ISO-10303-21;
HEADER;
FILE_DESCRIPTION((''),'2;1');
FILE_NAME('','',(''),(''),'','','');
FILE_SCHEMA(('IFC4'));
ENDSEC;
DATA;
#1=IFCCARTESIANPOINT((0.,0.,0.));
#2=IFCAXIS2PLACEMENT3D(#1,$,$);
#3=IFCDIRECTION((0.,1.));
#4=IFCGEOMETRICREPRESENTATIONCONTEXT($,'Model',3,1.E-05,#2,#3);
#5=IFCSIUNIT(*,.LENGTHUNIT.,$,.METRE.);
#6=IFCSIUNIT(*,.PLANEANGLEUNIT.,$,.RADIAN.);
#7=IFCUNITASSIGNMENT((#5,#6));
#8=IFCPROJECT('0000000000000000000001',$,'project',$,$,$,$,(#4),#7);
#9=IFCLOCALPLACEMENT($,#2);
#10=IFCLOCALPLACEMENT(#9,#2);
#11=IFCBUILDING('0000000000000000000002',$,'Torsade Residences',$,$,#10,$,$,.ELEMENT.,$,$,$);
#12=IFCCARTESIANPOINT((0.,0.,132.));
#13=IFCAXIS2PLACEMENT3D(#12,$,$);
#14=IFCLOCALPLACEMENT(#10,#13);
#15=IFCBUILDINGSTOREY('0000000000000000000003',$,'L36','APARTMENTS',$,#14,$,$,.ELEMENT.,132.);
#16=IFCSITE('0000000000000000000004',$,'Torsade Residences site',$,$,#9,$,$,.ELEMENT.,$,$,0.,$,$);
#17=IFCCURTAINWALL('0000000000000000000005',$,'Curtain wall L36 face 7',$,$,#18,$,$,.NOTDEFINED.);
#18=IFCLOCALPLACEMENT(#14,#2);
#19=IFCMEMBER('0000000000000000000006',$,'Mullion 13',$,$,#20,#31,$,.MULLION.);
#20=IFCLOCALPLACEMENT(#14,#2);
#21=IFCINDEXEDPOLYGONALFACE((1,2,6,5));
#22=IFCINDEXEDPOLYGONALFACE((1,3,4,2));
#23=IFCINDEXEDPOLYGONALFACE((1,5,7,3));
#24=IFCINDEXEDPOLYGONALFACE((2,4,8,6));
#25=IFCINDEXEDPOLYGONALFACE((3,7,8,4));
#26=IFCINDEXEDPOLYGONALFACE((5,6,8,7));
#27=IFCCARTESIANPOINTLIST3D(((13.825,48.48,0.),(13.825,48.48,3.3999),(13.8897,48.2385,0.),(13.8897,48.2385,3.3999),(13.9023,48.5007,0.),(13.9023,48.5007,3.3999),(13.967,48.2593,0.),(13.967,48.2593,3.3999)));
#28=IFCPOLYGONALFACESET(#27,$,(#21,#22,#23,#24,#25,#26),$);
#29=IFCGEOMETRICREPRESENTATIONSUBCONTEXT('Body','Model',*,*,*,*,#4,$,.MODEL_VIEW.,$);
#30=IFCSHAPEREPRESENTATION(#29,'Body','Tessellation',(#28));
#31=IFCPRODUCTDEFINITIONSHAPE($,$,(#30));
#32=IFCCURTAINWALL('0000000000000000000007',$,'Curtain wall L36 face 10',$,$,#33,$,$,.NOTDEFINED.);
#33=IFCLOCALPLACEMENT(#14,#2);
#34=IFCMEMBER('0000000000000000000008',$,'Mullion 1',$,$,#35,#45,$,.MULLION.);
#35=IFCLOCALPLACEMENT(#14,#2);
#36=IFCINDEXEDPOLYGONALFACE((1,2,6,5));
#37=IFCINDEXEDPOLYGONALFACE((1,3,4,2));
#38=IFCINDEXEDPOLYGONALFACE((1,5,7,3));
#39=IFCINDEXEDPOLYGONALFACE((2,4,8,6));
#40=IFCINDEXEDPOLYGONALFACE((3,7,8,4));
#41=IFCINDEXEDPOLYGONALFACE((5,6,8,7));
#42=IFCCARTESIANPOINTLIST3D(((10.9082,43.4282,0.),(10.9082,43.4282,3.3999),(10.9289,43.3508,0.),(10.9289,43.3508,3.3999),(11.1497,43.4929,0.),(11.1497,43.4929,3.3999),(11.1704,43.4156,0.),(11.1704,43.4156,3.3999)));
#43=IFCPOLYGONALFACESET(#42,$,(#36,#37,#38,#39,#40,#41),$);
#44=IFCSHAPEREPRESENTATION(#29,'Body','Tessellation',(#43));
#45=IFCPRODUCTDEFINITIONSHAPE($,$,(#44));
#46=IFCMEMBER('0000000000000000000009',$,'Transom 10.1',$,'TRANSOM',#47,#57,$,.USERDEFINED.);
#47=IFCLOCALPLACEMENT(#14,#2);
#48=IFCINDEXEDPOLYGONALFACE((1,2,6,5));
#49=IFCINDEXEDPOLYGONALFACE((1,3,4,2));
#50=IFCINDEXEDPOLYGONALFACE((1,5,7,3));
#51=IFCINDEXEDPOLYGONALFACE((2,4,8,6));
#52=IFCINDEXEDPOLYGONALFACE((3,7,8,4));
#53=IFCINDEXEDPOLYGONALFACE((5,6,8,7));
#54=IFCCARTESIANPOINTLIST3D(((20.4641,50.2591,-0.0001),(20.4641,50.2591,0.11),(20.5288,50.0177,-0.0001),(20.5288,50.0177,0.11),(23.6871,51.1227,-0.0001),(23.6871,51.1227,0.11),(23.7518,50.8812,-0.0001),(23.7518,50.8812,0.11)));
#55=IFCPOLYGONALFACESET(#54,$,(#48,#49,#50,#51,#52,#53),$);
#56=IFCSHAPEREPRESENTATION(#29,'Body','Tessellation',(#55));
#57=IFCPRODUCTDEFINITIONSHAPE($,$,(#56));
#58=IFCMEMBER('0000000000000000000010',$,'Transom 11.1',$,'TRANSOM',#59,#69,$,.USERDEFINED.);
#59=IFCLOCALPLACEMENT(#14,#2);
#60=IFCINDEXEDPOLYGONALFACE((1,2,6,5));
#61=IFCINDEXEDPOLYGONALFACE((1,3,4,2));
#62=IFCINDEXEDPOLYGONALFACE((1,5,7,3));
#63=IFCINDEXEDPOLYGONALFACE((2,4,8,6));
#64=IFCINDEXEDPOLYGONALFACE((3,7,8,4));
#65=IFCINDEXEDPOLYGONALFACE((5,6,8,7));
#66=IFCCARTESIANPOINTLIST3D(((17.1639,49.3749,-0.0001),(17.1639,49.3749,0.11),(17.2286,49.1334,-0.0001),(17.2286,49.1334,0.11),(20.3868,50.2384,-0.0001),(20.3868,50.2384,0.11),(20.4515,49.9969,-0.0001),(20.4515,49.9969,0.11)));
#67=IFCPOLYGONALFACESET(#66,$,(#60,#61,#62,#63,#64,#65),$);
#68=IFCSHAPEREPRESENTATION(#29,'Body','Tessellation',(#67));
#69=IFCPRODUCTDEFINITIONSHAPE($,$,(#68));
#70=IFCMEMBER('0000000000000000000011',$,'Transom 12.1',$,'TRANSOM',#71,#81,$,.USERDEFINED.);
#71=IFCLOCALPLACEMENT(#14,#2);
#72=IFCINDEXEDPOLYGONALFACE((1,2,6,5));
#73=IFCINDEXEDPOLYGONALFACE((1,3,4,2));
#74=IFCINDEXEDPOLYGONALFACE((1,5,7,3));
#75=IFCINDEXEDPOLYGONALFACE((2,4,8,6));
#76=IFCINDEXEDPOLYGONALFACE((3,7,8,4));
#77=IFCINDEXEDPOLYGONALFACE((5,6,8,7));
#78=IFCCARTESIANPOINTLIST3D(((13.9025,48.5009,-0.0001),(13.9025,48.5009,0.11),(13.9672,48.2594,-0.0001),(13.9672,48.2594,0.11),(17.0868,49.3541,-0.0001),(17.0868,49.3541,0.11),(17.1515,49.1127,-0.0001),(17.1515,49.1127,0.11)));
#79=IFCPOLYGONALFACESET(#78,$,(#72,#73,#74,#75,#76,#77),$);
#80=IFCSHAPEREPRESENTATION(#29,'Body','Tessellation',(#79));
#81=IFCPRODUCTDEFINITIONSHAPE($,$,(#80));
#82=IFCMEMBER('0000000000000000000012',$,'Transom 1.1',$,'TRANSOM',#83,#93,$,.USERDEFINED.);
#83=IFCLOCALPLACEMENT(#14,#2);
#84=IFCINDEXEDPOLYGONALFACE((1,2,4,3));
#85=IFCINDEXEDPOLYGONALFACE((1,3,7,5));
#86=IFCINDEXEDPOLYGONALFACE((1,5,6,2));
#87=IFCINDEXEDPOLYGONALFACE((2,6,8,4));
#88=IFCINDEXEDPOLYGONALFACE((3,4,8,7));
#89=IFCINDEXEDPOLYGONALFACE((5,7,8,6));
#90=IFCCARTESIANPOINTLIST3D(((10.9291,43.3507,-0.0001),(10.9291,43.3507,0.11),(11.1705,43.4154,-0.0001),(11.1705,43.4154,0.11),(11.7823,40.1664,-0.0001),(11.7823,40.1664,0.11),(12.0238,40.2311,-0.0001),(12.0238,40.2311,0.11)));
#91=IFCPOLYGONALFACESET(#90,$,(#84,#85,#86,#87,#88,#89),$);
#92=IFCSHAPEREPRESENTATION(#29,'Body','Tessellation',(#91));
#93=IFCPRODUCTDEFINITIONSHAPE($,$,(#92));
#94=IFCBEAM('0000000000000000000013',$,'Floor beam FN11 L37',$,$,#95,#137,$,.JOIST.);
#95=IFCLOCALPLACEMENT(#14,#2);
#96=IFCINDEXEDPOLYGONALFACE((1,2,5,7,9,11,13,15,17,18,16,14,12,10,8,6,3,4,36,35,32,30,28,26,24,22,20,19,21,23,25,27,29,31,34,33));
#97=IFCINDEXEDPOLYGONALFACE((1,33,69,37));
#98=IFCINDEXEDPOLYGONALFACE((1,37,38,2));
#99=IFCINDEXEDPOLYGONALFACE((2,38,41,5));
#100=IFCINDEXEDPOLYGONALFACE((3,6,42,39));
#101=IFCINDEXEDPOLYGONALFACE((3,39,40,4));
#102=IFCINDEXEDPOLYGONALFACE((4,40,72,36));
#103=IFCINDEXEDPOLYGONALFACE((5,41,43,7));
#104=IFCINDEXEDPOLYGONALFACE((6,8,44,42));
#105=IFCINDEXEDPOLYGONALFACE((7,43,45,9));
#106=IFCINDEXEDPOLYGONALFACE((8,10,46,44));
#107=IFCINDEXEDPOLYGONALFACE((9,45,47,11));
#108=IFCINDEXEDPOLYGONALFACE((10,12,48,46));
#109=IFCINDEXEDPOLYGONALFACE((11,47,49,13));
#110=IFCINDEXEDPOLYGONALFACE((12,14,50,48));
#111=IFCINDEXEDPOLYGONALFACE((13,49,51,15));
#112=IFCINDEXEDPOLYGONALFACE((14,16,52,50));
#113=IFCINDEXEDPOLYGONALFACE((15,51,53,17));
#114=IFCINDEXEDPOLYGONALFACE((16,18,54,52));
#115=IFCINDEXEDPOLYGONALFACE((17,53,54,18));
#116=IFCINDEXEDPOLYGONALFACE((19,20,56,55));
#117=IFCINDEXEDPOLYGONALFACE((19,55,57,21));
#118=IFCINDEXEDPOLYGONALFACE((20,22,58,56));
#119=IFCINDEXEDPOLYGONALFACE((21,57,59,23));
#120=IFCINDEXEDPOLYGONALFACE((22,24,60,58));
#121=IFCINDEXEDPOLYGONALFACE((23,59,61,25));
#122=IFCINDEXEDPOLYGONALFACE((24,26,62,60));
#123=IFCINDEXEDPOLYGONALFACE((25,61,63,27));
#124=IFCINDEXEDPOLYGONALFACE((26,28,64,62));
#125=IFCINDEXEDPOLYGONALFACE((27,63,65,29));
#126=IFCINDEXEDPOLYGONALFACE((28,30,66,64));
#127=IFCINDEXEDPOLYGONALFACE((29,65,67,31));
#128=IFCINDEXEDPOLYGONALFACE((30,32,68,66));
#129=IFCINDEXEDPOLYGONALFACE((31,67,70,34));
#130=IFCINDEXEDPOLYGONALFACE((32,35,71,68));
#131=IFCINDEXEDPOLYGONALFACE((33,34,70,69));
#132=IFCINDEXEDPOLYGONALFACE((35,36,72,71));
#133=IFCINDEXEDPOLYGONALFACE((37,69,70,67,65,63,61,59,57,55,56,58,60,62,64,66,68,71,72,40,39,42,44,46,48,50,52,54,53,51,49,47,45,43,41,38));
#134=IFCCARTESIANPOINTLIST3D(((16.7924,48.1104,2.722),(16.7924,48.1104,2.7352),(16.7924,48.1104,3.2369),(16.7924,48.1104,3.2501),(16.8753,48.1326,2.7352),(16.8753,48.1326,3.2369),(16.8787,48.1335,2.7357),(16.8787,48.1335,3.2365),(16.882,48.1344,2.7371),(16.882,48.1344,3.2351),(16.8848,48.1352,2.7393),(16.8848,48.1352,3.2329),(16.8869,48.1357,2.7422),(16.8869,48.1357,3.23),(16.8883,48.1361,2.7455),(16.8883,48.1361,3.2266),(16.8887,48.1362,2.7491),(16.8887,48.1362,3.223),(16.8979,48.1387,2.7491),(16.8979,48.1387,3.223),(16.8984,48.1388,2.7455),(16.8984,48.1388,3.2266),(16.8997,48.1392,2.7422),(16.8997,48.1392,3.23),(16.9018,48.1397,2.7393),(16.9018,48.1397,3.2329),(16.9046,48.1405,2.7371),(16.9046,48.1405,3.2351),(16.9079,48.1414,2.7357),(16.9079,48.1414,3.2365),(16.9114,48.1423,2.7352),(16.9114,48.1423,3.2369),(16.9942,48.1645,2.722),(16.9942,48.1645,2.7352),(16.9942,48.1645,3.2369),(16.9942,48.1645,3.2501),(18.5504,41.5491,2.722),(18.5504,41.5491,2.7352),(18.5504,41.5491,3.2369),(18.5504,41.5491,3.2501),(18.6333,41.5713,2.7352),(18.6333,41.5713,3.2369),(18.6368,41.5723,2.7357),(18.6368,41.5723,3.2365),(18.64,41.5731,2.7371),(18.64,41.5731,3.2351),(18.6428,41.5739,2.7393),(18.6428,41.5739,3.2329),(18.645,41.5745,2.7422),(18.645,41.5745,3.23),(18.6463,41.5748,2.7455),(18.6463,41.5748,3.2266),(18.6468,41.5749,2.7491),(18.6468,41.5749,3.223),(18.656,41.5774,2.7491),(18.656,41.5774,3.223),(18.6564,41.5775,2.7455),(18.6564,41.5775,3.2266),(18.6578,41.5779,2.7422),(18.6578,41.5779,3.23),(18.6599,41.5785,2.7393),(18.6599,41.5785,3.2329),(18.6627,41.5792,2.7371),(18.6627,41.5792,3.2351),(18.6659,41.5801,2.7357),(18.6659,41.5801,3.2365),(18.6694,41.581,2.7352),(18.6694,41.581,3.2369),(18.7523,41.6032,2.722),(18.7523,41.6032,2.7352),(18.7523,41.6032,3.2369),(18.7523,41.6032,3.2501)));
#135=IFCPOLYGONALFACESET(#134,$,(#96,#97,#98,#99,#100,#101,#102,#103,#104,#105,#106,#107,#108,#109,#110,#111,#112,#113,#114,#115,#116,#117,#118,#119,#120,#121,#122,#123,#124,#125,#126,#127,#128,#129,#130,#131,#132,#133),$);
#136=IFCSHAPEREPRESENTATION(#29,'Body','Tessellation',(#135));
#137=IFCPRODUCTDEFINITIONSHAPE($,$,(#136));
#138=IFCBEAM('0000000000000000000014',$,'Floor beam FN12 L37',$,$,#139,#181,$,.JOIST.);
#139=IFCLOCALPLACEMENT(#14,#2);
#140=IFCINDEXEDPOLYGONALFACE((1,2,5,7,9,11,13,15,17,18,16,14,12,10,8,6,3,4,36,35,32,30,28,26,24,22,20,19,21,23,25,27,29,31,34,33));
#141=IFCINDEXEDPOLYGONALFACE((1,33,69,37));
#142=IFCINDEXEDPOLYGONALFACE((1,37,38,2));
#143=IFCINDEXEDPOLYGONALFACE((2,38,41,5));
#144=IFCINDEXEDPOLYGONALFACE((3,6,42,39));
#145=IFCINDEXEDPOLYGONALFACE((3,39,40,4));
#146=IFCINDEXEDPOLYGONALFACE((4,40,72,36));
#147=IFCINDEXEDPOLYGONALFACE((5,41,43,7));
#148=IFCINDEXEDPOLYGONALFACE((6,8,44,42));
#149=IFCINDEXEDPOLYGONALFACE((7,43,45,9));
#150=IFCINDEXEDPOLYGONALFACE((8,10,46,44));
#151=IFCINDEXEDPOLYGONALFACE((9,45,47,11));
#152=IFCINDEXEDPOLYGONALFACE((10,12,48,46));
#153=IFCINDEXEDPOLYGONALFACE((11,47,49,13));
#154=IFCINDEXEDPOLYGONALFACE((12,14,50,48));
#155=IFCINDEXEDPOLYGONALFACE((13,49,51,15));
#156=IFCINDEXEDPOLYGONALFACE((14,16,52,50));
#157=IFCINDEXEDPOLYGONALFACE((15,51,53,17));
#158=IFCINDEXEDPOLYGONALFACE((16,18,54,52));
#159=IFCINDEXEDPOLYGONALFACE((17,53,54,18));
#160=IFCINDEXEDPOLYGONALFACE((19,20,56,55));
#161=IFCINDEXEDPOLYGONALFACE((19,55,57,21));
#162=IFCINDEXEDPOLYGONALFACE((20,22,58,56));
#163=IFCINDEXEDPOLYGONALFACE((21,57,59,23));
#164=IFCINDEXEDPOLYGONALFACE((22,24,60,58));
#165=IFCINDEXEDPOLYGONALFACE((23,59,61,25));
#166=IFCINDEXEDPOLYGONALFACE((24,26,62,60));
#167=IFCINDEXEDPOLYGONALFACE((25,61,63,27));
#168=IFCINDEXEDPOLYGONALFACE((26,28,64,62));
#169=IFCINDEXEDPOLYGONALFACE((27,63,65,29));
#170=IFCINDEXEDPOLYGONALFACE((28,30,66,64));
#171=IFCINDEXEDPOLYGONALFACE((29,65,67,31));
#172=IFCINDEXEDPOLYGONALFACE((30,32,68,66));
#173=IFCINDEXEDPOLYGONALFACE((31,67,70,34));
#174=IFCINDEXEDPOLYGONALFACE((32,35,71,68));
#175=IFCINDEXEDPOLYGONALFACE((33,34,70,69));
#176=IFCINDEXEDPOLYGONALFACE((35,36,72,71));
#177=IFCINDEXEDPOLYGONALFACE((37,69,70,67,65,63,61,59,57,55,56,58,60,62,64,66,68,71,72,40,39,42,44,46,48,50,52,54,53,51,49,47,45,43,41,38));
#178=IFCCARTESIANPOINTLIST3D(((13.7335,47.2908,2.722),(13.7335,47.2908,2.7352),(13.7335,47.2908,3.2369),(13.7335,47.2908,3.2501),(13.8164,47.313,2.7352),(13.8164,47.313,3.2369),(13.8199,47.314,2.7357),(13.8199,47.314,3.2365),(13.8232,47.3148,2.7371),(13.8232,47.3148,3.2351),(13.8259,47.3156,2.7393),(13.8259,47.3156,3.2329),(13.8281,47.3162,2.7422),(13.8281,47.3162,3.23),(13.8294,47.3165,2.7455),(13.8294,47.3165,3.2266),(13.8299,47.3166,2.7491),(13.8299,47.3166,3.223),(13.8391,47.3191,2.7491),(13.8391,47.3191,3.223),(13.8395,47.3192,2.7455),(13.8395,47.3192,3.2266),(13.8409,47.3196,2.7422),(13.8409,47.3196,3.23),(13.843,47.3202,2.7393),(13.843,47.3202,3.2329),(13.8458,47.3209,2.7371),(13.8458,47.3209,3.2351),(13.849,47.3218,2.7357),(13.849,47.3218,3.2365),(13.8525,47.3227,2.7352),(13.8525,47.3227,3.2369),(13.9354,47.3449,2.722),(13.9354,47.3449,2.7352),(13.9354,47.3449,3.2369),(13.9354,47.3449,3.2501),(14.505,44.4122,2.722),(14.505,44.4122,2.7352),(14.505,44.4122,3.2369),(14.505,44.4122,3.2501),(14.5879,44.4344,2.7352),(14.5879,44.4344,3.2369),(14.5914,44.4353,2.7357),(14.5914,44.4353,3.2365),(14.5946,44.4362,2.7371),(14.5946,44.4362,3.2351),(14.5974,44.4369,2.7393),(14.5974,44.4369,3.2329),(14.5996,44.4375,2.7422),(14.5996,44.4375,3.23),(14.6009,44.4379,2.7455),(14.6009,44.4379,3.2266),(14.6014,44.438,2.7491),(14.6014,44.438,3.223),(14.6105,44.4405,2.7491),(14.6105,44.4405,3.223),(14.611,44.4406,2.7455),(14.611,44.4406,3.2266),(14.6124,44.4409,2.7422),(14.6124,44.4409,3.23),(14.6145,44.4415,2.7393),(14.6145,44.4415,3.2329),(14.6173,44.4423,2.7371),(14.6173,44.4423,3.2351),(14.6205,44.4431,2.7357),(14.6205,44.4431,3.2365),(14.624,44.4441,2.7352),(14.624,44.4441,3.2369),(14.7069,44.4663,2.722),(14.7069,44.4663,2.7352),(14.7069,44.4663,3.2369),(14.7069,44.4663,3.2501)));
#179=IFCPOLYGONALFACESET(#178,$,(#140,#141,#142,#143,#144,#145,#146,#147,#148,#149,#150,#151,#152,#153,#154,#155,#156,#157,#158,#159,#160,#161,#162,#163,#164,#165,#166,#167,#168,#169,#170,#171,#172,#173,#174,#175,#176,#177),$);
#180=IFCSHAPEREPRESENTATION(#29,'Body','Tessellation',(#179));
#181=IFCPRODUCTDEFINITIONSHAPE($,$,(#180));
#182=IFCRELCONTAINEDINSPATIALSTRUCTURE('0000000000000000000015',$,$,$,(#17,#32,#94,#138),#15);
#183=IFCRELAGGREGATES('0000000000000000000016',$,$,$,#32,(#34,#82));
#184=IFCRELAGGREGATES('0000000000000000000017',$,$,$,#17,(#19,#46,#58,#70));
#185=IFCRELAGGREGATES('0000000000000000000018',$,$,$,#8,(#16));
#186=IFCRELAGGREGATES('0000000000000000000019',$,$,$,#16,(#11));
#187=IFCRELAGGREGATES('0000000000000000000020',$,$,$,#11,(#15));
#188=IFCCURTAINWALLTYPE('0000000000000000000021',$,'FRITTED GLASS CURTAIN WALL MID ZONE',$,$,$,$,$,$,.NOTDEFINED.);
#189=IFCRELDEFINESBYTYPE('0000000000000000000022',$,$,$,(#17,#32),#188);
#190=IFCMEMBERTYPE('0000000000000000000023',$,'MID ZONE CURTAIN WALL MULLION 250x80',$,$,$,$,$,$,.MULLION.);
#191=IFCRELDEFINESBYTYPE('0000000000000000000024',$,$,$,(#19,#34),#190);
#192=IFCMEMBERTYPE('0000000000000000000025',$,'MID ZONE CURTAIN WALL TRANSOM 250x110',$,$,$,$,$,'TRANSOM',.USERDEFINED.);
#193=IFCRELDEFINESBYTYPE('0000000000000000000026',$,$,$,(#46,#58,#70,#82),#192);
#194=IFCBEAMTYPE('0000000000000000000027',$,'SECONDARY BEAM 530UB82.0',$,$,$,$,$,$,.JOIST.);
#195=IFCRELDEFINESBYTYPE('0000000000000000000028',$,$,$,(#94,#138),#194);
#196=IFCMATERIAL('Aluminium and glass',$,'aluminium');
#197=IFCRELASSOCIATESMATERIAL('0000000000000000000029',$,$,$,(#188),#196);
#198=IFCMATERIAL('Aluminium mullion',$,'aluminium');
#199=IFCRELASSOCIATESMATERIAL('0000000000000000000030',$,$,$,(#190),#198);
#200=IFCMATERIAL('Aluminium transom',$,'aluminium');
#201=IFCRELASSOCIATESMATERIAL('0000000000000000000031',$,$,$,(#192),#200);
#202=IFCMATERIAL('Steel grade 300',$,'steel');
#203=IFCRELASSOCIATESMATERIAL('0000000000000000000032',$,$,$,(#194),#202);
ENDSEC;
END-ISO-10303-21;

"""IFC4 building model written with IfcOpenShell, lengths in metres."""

from ifc_helpers import new_model, si_unit, direction, frame, origin, origin_2d, place, context, subcontext, project, spatial, rectangle, i_section, extrude, material, material_profile, profile_set, type_object, element, aggregate, save


model = new_model("IFC4")

# Units and contexts
model_context = context("Model", 3, precision=1e-05, world=origin(), true_north=direction((0.0, 1.0)))
body_context = subcontext(model_context, "Body", "Model", "MODEL_VIEW")
ifc_project = project(units=[si_unit("LENGTHUNIT", "METRE"), si_unit("PLANEANGLEUNIT", "RADIAN")], contexts=[model_context])

# Site, building, storey
site_placement = place(None, origin())
site = spatial("IfcSite", under=ifc_project, at=site_placement, Name="Torsade Residences site", CompositionType="ELEMENT", RefElevation=0.0)
building_placement = place(site_placement, origin())
building = spatial("IfcBuilding", under=site, at=building_placement, Name="Torsade Residences", CompositionType="ELEMENT")
storey_placement = place(building_placement, frame((0.0, 0.0, 132.0)))
storey = spatial("IfcBuildingStorey", under=building, at=storey_placement, Name="L36", Description="APARTMENTS", CompositionType="ELEMENT", Elevation=132.0)

# Curtain wall, member
ifc_material_1 = material(Name="Aluminium and glass", Category="aluminium")
curtain_wall_type = type_object("IfcCurtainWallType", Name="FRITTED GLASS CURTAIN WALL MID ZONE", PredefinedType="NOTDEFINED", material=ifc_material_1)
curtain_wall_1_placement = place(storey_placement, origin())
curtain_wall_1 = element("IfcCurtainWall", 1, at=curtain_wall_1_placement, inside=storey, type_object=curtain_wall_type, Name="Curtain wall L36 face 7", PredefinedType="NOTDEFINED")
ifc_material_2 = material(Name="Aluminium mullion", Category="aluminium")
ifc_material_profile_1 = material_profile(ifc_material_2, rectangle(XDim=0.25, YDim=0.0801, at=origin_2d()), Name="MID ZONE CURTAIN WALL MULLION 250x80")
ifc_profile_set_1 = profile_set([ifc_material_profile_1], Name="Aluminium mullion")
member_type_1 = type_object("IfcMemberType", Name="MID ZONE CURTAIN WALL MULLION 250x80", PredefinedType="MULLION", material=ifc_profile_set_1)
member_1_placement = place(storey_placement, frame((13.896, 48.3696, 0.0), z_axis=(0.0, 0.0, 1.0), x_axis=(0.258819, -0.965926, 0.0)))
member_1 = element("IfcMember", 2, at=member_1_placement, type_object=member_type_1, Name="Mullion 13", PredefinedType="MULLION", context=body_context, shape_type="SweptSolid", body=[
    extrude(rectangle(XDim=0.25, YDim=0.0801, at=origin_2d()), origin(), (0.0, 0.0, 1.0), 3.3999),
])

# Curtain wall, member
curtain_wall_2_placement = place(storey_placement, origin())
curtain_wall_2 = element("IfcCurtainWall", 3, at=curtain_wall_2_placement, inside=storey, type_object=curtain_wall_type, Name="Curtain wall L36 face 10", PredefinedType="NOTDEFINED")
member_2_placement = place(storey_placement, frame((11.0393, 43.4219, 0.0), z_axis=(0.0, 0.0, 1.0), x_axis=(0.965926, 0.258819, 0.0)))
member_2 = element("IfcMember", 4, at=member_2_placement, type_object=member_type_1, Name="Mullion 1", PredefinedType="MULLION", context=body_context, shape_type="SweptSolid", body=[
    extrude(rectangle(XDim=0.25, YDim=0.0801, at=origin_2d()), origin(), (0.0, 0.0, 1.0), 3.3999),
])

# Members
ifc_material_3 = material(Name="Aluminium transom", Category="aluminium")
ifc_material_profile_2 = material_profile(ifc_material_3, rectangle(XDim=0.25, YDim=0.1101, at=origin_2d()), Name="MID ZONE CURTAIN WALL TRANSOM 250x110")
ifc_profile_set_2 = profile_set([ifc_material_profile_2], Name="Aluminium transom")
member_type_2 = type_object("IfcMemberType", Name="MID ZONE CURTAIN WALL TRANSOM 250x110", ElementType="TRANSOM", PredefinedType="USERDEFINED", material=ifc_profile_set_2)
member_3_placement = place(storey_placement, frame((23.7195, 51.002, 0.0549), z_axis=(-0.965929, -0.258806, 0.0), x_axis=(0.258806, -0.965929, 0.0)))
member_3 = element("IfcMember", 5, at=member_3_placement, type_object=member_type_2, Name="Transom 10.1", ObjectType="TRANSOM", PredefinedType="USERDEFINED", context=body_context, shape_type="SweptSolid", body=[
    extrude(rectangle(XDim=0.25, YDim=0.1101, at=origin_2d()), origin(), (0.0, 0.0, 1.0), 3.3367),
])
member_4_placement = place(storey_placement, frame((20.4192, 50.1177, 0.0549), z_axis=(-0.965929, -0.258806, 0.0), x_axis=(0.258806, -0.965929, 0.0)))
member_4 = element("IfcMember", 6, at=member_4_placement, type_object=member_type_2, Name="Transom 11.1", ObjectType="TRANSOM", PredefinedType="USERDEFINED", context=body_context, shape_type="SweptSolid", body=[
    extrude(rectangle(XDim=0.25, YDim=0.1101, at=origin_2d()), origin(), (0.0, 0.0, 1.0), 3.3367),
])
member_5_placement = place(storey_placement, frame((17.1191, 49.2334, 0.0549), z_axis=(-0.965923, -0.258829, 0.0), x_axis=(0.258829, -0.965923, 0.0)))
member_5 = element("IfcMember", 7, at=member_5_placement, type_object=member_type_2, Name="Transom 12.1", ObjectType="TRANSOM", PredefinedType="USERDEFINED", context=body_context, shape_type="SweptSolid", body=[
    extrude(rectangle(XDim=0.25, YDim=0.1101, at=origin_2d()), origin(), (0.0, 0.0, 1.0), 3.2966),
])
member_6_placement = place(storey_placement, frame((11.0498, 43.3831, 0.0549), z_axis=(0.258829, -0.965923, 0.0), x_axis=(0.965923, 0.258829, 0.0)))
member_6 = element("IfcMember", 8, at=member_6_placement, type_object=member_type_2, Name="Transom 1.1", ObjectType="TRANSOM", PredefinedType="USERDEFINED", context=body_context, shape_type="SweptSolid", body=[
    extrude(rectangle(XDim=0.25, YDim=0.1101, at=origin_2d()), origin(), (0.0, 0.0, 1.0), 3.2966),
])
aggregate(curtain_wall_2, [member_2, member_6])

# Beams
ifc_material_4 = material(Name="Steel grade 300", Category="steel")
ifc_material_profile_3 = material_profile(ifc_material_4, i_section(OverallWidth=0.209, OverallDepth=0.5281, WebThickness=0.0095, FlangeThickness=0.0132, FilletRadius=0.0139, at=origin_2d()), Name="530UB82.0")
ifc_profile_set_3 = profile_set([ifc_material_profile_3], Name="Steel grade 300")
beam_type_1 = type_object("IfcBeamType", Name="SECONDARY BEAM 530UB82.0", PredefinedType="JOIST", material=ifc_profile_set_3)
beam_1_placement = place(storey_placement, frame((16.8933, 48.1375, 2.9861), z_axis=(0.258815, -0.965927, 0.0), x_axis=(0.965927, 0.258815, 0.0)))
element("IfcBeam", 9, at=beam_1_placement, inside=storey, type_object=beam_type_1, Name="Floor beam FN11 L37", PredefinedType="JOIST", context=body_context, shape_type="SweptSolid", body=[
    extrude(i_section(OverallWidth=0.209, OverallDepth=0.5281, WebThickness=0.0095, FlangeThickness=0.0132, FilletRadius=0.0139, at=origin_2d()), origin(), (0.0, 0.0, 1.0), 6.7927),
])
beam_2_placement = place(storey_placement, frame((13.8345, 47.3179, 2.9861), z_axis=(0.258866, -0.965913, 0.0), x_axis=(0.965913, 0.258866, 0.0)))
element("IfcBeam", 10, at=beam_2_placement, inside=storey, type_object=beam_type_1, Name="Floor beam FN12 L37", PredefinedType="JOIST", context=body_context, shape_type="SweptSolid", body=[
    extrude(i_section(OverallWidth=0.209, OverallDepth=0.5281, WebThickness=0.0095, FlangeThickness=0.0132, FilletRadius=0.0139, at=origin_2d()), origin(), (0.0, 0.0, 1.0), 2.9802),
])

aggregate(curtain_wall_1, [member_1, member_3, member_4, member_5])

save(model, "model.ifc")
